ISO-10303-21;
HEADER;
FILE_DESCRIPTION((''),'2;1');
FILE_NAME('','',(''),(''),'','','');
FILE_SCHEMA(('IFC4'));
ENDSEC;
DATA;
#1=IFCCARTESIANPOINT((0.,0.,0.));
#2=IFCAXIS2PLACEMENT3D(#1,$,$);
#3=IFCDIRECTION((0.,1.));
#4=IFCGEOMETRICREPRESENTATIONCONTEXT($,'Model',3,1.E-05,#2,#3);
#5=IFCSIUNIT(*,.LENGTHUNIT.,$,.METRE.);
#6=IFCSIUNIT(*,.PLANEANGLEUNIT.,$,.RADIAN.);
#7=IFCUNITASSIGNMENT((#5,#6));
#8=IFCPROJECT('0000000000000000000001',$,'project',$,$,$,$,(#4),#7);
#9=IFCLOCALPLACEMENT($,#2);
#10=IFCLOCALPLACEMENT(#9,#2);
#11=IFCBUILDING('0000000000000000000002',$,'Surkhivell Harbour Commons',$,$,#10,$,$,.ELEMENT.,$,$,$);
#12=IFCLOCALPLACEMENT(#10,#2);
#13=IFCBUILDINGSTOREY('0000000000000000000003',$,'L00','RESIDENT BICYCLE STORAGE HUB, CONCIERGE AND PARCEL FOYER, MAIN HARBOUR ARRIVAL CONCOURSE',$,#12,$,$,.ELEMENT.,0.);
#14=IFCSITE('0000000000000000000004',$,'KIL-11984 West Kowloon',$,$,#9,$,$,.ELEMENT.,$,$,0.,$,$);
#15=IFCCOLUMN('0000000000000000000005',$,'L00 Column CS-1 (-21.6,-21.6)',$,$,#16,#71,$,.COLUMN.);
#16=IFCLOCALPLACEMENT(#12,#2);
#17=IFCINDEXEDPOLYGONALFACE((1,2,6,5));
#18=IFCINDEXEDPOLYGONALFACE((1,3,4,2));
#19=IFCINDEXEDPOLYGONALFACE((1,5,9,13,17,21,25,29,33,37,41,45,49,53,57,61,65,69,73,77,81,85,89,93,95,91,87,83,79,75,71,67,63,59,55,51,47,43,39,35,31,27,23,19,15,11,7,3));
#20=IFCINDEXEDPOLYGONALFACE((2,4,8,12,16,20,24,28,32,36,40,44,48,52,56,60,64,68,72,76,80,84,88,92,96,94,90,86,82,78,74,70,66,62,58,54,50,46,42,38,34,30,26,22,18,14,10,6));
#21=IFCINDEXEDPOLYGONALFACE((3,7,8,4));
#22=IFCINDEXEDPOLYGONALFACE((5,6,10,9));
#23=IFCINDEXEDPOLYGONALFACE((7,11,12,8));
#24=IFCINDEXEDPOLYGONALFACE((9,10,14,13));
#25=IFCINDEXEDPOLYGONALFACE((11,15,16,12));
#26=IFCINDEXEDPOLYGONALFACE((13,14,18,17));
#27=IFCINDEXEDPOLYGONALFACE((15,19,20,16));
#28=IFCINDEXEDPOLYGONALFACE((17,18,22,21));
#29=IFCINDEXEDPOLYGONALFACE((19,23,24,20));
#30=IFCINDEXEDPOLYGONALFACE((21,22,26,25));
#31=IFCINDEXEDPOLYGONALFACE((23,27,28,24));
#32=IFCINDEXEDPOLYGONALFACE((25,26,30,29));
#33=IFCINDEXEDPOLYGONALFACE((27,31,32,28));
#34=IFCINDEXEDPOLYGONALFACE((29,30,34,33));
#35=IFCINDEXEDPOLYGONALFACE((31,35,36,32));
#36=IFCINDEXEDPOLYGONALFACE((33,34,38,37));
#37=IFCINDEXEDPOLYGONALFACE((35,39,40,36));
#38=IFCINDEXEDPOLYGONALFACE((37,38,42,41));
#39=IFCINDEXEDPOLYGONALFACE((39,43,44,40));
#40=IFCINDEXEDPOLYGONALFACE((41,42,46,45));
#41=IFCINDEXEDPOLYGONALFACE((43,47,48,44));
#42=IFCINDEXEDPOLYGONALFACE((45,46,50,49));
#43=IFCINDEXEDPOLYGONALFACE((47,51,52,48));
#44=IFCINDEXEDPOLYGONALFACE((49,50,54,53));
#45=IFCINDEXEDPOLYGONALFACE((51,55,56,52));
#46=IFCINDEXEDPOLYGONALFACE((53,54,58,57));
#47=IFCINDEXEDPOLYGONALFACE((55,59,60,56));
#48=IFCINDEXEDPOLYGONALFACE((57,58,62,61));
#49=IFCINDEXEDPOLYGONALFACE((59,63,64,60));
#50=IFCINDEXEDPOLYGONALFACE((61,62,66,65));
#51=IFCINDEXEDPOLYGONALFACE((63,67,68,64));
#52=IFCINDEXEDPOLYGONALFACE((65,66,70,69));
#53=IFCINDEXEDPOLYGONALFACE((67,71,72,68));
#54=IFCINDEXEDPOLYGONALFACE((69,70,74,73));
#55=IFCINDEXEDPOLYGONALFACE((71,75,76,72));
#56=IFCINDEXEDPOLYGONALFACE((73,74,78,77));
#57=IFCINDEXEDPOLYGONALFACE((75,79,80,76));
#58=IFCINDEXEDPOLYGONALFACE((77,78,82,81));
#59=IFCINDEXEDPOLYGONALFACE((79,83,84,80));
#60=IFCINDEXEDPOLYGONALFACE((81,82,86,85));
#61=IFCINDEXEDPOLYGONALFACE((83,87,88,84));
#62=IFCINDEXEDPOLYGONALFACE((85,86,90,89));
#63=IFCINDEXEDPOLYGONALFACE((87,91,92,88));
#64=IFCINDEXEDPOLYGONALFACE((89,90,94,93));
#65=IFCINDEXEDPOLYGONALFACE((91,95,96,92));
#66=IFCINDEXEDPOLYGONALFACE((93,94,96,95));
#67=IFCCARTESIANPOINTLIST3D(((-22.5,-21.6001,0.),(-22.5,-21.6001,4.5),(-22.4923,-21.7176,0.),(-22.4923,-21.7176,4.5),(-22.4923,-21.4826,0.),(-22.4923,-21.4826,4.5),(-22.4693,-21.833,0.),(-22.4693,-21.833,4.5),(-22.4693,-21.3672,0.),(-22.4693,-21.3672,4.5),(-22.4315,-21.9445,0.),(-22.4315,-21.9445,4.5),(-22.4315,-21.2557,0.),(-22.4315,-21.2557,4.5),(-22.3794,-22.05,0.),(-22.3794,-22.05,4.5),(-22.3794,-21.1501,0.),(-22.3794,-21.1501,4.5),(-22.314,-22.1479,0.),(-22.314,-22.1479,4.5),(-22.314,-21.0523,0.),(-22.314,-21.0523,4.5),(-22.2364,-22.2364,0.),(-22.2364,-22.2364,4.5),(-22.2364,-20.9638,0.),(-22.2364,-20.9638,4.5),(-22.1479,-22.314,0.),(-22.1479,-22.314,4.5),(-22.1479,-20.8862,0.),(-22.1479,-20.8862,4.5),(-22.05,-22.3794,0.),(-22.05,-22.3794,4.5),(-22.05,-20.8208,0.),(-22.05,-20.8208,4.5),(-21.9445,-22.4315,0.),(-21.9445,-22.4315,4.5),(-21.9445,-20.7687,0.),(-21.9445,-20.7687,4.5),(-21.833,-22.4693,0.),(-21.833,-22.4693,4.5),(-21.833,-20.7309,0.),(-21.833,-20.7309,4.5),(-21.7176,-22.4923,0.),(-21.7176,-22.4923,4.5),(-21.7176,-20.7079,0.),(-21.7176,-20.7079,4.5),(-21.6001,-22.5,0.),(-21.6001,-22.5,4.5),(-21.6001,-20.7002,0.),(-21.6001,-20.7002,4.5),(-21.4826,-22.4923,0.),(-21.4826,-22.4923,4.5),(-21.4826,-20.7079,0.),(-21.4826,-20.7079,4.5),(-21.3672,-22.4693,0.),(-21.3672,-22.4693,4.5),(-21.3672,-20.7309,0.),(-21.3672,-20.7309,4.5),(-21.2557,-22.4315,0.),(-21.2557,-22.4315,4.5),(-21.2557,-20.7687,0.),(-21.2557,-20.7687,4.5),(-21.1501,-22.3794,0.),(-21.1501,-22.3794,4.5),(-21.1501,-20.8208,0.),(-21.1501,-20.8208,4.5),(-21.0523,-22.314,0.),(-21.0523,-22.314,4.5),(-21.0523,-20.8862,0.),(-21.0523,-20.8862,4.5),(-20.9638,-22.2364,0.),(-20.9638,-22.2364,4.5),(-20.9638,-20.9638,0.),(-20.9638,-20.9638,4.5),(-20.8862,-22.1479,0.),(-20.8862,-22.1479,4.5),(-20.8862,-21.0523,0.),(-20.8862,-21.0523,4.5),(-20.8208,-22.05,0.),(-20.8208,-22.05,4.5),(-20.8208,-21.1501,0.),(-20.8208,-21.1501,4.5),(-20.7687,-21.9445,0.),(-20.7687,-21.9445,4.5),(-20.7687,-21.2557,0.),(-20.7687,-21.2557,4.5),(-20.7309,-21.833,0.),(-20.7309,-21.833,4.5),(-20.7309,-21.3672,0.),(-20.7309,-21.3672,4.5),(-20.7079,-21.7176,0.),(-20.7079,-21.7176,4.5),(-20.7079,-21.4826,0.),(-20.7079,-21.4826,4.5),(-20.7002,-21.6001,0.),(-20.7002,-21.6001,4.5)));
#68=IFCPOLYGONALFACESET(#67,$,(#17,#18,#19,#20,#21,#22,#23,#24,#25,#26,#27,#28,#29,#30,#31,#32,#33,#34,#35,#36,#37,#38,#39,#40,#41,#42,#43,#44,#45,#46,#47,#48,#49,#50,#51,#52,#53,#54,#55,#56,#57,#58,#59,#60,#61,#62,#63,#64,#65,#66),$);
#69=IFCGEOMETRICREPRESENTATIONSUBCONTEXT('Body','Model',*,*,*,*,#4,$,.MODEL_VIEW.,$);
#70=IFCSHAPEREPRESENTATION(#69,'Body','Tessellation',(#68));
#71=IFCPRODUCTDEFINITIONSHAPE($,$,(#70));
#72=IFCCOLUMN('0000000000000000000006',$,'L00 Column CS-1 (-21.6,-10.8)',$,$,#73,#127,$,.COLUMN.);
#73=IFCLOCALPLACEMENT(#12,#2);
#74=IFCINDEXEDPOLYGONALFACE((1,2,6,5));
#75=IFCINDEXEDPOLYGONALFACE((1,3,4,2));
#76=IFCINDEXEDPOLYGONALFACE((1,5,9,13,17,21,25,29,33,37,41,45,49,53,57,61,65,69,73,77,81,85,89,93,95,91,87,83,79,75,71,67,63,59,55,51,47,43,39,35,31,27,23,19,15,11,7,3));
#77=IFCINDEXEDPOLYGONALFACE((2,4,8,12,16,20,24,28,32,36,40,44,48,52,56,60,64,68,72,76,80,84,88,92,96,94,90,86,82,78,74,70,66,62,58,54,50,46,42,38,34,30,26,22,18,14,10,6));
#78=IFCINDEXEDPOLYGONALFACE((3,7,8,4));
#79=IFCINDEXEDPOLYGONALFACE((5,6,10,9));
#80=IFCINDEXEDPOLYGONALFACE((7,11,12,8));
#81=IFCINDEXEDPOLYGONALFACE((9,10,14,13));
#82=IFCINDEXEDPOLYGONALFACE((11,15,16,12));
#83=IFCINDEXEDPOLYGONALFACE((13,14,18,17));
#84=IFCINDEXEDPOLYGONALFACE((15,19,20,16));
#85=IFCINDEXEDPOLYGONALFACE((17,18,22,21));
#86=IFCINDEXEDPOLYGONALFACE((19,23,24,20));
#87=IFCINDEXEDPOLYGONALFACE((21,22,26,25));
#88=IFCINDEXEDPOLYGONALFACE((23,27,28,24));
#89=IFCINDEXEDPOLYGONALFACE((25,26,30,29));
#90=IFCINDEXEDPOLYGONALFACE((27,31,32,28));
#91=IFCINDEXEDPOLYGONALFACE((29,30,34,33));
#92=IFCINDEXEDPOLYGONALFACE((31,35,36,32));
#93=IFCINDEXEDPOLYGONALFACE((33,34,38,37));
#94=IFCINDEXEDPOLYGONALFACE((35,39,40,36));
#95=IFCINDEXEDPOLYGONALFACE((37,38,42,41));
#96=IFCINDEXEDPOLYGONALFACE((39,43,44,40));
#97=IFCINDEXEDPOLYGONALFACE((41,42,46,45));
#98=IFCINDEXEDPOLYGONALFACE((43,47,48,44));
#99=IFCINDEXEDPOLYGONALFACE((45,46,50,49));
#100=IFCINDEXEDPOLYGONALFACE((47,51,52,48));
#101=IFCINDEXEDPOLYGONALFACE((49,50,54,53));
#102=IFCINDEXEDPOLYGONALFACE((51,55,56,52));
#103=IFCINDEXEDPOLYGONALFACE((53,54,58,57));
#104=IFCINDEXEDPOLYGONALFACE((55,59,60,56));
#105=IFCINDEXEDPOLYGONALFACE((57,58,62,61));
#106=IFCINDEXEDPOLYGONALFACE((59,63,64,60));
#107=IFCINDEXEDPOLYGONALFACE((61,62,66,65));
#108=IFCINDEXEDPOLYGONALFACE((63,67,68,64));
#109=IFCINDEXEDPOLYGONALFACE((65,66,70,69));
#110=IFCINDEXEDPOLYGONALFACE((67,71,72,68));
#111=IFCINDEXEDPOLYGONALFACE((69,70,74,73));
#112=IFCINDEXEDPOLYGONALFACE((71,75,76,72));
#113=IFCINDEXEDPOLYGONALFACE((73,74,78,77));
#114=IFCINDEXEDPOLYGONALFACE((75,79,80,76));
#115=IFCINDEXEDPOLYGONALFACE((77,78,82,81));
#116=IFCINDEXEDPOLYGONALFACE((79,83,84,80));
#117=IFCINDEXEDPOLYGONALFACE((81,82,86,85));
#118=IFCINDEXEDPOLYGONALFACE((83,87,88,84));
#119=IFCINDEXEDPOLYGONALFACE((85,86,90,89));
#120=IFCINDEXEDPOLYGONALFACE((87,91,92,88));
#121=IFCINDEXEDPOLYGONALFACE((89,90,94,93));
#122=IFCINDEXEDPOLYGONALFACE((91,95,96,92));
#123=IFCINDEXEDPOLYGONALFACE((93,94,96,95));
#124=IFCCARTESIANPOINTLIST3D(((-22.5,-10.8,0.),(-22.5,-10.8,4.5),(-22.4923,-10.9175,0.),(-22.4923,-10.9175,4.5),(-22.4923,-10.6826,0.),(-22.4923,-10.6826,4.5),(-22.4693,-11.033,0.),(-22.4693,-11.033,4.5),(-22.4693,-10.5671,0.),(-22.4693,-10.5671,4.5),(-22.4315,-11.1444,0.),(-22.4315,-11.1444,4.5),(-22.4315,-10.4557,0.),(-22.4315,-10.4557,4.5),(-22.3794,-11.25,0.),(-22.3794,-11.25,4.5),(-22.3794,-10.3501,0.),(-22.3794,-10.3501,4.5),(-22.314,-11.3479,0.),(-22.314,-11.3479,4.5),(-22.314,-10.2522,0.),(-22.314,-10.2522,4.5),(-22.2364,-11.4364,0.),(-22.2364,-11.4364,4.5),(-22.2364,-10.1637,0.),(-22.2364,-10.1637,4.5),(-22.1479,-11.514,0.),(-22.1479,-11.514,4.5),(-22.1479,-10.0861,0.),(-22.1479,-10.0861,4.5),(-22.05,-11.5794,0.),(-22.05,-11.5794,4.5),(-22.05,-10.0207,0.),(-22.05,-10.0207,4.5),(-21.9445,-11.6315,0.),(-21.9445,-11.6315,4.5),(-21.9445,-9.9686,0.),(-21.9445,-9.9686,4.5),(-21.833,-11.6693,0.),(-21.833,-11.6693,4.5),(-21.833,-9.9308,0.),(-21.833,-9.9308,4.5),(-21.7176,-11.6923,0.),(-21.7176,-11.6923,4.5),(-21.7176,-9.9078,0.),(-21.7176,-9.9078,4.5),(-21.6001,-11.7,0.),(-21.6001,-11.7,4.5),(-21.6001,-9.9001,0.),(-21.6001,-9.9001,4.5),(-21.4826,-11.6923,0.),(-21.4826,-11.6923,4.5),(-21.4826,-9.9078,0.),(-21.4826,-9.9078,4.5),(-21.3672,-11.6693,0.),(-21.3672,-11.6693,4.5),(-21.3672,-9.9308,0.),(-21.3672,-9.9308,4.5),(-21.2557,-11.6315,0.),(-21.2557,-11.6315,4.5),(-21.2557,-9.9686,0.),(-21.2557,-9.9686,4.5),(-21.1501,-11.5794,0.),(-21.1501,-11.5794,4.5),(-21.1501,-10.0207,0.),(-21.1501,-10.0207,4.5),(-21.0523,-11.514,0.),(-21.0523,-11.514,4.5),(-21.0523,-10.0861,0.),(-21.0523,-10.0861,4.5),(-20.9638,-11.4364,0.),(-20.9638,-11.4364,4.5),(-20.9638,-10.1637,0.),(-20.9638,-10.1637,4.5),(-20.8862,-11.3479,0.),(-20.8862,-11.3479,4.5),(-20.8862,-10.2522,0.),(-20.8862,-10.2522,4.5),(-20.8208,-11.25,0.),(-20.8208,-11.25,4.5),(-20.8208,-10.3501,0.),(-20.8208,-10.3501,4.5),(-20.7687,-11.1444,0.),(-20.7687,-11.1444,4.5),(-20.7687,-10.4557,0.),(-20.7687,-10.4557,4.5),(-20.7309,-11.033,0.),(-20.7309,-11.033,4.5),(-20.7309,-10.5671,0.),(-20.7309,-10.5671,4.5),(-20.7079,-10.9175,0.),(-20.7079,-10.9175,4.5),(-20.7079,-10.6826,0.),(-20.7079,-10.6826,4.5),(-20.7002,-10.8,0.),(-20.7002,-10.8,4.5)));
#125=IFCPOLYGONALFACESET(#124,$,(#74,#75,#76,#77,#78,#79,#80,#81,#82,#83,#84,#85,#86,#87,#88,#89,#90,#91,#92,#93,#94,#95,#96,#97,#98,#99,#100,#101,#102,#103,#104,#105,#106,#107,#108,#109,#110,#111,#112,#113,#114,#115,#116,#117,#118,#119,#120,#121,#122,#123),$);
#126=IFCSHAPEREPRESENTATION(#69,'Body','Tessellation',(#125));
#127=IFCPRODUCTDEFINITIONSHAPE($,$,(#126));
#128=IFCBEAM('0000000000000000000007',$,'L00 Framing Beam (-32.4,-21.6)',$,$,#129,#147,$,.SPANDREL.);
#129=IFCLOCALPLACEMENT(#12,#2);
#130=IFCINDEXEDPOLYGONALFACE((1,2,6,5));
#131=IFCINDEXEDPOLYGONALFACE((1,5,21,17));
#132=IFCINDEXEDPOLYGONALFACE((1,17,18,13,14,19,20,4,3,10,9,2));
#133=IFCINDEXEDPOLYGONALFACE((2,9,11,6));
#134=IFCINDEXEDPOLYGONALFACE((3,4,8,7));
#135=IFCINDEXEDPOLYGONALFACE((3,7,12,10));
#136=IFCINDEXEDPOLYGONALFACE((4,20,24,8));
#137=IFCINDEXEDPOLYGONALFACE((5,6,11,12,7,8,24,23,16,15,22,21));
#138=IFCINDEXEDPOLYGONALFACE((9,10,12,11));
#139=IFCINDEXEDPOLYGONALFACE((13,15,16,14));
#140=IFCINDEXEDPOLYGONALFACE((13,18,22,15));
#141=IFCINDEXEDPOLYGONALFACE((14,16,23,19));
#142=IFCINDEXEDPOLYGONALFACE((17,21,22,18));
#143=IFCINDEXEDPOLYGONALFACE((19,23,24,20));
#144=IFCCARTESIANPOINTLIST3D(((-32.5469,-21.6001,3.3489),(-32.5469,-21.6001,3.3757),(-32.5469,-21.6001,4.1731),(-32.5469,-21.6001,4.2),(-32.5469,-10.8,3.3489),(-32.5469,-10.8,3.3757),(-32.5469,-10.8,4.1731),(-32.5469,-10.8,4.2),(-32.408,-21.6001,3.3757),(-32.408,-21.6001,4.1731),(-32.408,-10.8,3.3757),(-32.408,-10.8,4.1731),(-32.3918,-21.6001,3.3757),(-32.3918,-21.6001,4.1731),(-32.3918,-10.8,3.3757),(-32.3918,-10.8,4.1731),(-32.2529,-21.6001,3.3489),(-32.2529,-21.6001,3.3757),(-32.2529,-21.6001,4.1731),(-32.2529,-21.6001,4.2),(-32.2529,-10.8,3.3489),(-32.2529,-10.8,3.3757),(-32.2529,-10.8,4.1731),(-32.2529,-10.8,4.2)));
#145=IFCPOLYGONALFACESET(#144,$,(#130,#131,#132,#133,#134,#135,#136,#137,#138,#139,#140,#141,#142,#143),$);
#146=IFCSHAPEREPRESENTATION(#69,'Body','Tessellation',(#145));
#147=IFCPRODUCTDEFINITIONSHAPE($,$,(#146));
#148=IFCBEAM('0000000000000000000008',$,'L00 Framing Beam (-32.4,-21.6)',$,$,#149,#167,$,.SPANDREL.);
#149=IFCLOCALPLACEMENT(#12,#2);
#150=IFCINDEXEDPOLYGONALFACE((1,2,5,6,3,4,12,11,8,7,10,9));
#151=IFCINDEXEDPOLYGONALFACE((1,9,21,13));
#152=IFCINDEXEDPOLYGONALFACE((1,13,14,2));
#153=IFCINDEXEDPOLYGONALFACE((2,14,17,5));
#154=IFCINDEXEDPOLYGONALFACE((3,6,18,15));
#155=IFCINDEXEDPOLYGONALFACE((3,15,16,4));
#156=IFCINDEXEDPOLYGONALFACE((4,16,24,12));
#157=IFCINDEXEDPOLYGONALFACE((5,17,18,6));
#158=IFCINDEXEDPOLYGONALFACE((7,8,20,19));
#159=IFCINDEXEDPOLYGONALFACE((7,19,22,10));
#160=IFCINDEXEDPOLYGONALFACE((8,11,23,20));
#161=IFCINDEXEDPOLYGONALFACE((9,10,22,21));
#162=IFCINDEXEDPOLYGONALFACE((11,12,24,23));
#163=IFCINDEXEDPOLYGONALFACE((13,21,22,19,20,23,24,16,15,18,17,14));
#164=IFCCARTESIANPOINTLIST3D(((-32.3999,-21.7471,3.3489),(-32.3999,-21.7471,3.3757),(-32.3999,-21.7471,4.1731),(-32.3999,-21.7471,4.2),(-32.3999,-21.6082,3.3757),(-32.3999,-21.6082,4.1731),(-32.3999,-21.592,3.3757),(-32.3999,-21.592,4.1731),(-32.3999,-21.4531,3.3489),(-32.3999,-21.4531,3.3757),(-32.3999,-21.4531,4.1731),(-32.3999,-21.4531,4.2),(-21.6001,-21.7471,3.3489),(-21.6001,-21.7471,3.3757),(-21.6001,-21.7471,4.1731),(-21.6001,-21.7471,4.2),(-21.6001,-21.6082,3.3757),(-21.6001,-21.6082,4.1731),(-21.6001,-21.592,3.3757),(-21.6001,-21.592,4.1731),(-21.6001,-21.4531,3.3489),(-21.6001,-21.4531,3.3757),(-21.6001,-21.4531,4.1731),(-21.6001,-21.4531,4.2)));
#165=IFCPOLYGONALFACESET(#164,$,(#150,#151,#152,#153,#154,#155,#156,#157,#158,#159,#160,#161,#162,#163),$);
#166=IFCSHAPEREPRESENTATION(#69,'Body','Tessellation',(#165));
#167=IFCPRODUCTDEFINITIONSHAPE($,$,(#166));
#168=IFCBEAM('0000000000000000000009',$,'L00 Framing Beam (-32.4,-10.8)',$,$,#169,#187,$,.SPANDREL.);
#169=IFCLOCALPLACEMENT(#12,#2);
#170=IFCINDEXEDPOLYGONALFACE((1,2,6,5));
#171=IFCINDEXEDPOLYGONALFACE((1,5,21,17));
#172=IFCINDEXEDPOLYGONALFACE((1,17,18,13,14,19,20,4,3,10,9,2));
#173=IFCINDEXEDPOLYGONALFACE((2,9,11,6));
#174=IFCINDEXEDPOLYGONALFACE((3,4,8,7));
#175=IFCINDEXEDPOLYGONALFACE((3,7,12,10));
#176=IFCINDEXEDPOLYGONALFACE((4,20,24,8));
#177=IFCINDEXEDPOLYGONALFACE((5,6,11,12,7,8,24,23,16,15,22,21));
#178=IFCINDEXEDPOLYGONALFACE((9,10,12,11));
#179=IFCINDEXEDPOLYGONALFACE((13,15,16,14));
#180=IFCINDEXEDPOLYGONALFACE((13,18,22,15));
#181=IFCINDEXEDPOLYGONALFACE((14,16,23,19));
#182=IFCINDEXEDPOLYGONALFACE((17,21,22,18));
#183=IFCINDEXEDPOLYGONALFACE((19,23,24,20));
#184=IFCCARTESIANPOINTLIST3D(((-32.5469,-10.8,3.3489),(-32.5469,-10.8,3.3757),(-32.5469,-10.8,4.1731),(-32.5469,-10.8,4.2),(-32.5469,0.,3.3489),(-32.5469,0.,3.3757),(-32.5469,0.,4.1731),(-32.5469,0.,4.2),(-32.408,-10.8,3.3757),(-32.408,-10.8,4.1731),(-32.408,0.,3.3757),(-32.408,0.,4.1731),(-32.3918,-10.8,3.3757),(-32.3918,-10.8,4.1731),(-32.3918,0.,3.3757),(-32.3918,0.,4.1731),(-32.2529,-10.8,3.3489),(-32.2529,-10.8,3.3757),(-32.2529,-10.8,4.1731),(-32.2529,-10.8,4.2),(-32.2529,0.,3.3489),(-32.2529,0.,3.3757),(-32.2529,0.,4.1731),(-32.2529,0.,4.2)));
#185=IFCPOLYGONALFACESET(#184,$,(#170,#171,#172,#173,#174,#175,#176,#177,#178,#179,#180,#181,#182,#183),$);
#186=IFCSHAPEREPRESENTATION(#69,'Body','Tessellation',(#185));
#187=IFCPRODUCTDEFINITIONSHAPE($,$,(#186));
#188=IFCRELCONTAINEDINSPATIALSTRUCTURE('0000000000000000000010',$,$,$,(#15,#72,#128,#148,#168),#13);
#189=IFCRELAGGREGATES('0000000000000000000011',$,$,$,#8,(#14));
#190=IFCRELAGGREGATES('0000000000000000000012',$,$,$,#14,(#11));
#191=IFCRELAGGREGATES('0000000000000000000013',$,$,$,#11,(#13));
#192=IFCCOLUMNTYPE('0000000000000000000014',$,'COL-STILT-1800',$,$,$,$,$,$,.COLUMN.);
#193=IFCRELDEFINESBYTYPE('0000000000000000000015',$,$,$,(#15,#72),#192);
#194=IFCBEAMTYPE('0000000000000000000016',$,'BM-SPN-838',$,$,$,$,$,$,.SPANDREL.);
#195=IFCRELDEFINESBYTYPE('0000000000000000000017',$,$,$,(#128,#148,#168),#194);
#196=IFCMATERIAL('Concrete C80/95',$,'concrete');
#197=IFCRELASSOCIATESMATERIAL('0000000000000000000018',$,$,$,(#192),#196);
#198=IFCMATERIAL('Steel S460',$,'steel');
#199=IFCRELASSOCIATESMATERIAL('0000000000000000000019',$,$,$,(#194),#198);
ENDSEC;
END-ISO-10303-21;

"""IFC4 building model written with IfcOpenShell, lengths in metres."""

from ifc_helpers import new_model, si_unit, direction, frame, origin, origin_2d, place, context, subcontext, project, spatial, circle, i_section, extrude, material, material_profile, profile_set, type_object, element, save


model = new_model("IFC4")

# Units and contexts
model_context = context("Model", 3, precision=1e-05, world=origin(), true_north=direction((0.0, 1.0)))
body_context = subcontext(model_context, "Body", "Model", "MODEL_VIEW")
ifc_project = project(units=[si_unit("LENGTHUNIT", "METRE"), si_unit("PLANEANGLEUNIT", "RADIAN")], contexts=[model_context])

# Site, building, storey
site_placement = place(None, origin())
site = spatial("IfcSite", under=ifc_project, at=site_placement, Name="KIL-11984 West Kowloon", CompositionType="ELEMENT", RefElevation=0.0)
building_placement = place(site_placement, origin())
building = spatial("IfcBuilding", under=site, at=building_placement, Name="Surkhivell Harbour Commons", CompositionType="ELEMENT")
storey_placement = place(building_placement, origin())
storey = spatial("IfcBuildingStorey", under=building, at=storey_placement, Name="L00", Description="RESIDENT BICYCLE STORAGE HUB, CONCIERGE AND PARCEL FOYER, MAIN HARBOUR ARRIVAL CONCOURSE", CompositionType="ELEMENT", Elevation=0.0)

# Columns
ifc_material_1 = material(Name="Concrete C80/95", Category="concrete")
ifc_material_profile_1 = material_profile(ifc_material_1, circle(Radius=0.8999, at=origin_2d()), Name="RC-CIRC-1800")
ifc_profile_set_1 = profile_set([ifc_material_profile_1], Name="Concrete C80/95")
column_type_1 = type_object("IfcColumnType", Name="COL-STILT-1800", PredefinedType="COLUMN", material=ifc_profile_set_1)
for number, where, z_axis, x_axis, name in (
    (1, (-21.6001, -21.6001, 0.0), (0.0, 0.0, 1.0), (1.0, 0.0, 0.0), "L00 Column CS-1 (-21.6,-21.6)"),
    (2, (-21.6001, -10.8, 0.0), (0.0, 0.0, 1.0), (1.0, 0.0, 0.0), "L00 Column CS-1 (-21.6,-10.8)"),
):
    element("IfcColumn", number, at=place(storey_placement, frame(where, z_axis=z_axis, x_axis=x_axis)), inside=storey, type_object=column_type_1, Name=name, PredefinedType="COLUMN", context=body_context, shape_type="SweptSolid", body=[
        extrude(circle(Radius=0.8999, at=origin_2d()), origin(), (0.0, 0.0, 1.0), 4.5),
    ])

# Beams
ifc_material_2 = material(Name="Steel S460", Category="steel")
ifc_material_profile_2 = material_profile(ifc_material_2, i_section(OverallWidth=0.2939, OverallDepth=0.8511, WebThickness=0.0161, FlangeThickness=0.0269, at=origin_2d()), Name="UB838x292x226")
ifc_profile_set_2 = profile_set([ifc_material_profile_2], Name="Steel S460")
beam_type = type_object("IfcBeamType", Name="BM-SPN-838", PredefinedType="SPANDREL", material=ifc_profile_set_2)
beam_1_placement = place(storey_placement, frame((-32.3999, -21.6001, 3.7744), z_axis=(0.0, 1.0, 0.0), x_axis=(-1.0, 0.0, 0.0)))
element("IfcBeam", 3, at=beam_1_placement, inside=storey, type_object=beam_type, Name="L00 Framing Beam (-32.4,-21.6)", PredefinedType="SPANDREL", context=body_context, shape_type="SweptSolid", body=[
    extrude(i_section(OverallWidth=0.2939, OverallDepth=0.8511, WebThickness=0.0161, FlangeThickness=0.0269, at=origin_2d()), origin(), (0.0, 0.0, 1.0), 10.8),
])
beam_2_placement = place(storey_placement, frame((-32.3999, -21.6001, 3.7744), z_axis=(1.0, 0.0, 0.0), x_axis=(0.0, 1.0, 0.0)))
element("IfcBeam", 4, at=beam_2_placement, inside=storey, type_object=beam_type, Name="L00 Framing Beam (-32.4,-21.6)", PredefinedType="SPANDREL", context=body_context, shape_type="SweptSolid", body=[
    extrude(i_section(OverallWidth=0.2939, OverallDepth=0.8511, WebThickness=0.0161, FlangeThickness=0.0269, at=origin_2d()), origin(), (0.0, 0.0, 1.0), 10.7998),
])
beam_3_placement = place(storey_placement, frame((-32.3999, -10.8, 3.7744), z_axis=(0.0, 1.0, 0.0), x_axis=(-1.0, 0.0, 0.0)))
element("IfcBeam", 5, at=beam_3_placement, inside=storey, type_object=beam_type, Name="L00 Framing Beam (-32.4,-10.8)", PredefinedType="SPANDREL", context=body_context, shape_type="SweptSolid", body=[
    extrude(i_section(OverallWidth=0.2939, OverallDepth=0.8511, WebThickness=0.0161, FlangeThickness=0.0269, at=origin_2d()), origin(), (0.0, 0.0, 1.0), 10.8),
])

save(model, "model.ifc")
